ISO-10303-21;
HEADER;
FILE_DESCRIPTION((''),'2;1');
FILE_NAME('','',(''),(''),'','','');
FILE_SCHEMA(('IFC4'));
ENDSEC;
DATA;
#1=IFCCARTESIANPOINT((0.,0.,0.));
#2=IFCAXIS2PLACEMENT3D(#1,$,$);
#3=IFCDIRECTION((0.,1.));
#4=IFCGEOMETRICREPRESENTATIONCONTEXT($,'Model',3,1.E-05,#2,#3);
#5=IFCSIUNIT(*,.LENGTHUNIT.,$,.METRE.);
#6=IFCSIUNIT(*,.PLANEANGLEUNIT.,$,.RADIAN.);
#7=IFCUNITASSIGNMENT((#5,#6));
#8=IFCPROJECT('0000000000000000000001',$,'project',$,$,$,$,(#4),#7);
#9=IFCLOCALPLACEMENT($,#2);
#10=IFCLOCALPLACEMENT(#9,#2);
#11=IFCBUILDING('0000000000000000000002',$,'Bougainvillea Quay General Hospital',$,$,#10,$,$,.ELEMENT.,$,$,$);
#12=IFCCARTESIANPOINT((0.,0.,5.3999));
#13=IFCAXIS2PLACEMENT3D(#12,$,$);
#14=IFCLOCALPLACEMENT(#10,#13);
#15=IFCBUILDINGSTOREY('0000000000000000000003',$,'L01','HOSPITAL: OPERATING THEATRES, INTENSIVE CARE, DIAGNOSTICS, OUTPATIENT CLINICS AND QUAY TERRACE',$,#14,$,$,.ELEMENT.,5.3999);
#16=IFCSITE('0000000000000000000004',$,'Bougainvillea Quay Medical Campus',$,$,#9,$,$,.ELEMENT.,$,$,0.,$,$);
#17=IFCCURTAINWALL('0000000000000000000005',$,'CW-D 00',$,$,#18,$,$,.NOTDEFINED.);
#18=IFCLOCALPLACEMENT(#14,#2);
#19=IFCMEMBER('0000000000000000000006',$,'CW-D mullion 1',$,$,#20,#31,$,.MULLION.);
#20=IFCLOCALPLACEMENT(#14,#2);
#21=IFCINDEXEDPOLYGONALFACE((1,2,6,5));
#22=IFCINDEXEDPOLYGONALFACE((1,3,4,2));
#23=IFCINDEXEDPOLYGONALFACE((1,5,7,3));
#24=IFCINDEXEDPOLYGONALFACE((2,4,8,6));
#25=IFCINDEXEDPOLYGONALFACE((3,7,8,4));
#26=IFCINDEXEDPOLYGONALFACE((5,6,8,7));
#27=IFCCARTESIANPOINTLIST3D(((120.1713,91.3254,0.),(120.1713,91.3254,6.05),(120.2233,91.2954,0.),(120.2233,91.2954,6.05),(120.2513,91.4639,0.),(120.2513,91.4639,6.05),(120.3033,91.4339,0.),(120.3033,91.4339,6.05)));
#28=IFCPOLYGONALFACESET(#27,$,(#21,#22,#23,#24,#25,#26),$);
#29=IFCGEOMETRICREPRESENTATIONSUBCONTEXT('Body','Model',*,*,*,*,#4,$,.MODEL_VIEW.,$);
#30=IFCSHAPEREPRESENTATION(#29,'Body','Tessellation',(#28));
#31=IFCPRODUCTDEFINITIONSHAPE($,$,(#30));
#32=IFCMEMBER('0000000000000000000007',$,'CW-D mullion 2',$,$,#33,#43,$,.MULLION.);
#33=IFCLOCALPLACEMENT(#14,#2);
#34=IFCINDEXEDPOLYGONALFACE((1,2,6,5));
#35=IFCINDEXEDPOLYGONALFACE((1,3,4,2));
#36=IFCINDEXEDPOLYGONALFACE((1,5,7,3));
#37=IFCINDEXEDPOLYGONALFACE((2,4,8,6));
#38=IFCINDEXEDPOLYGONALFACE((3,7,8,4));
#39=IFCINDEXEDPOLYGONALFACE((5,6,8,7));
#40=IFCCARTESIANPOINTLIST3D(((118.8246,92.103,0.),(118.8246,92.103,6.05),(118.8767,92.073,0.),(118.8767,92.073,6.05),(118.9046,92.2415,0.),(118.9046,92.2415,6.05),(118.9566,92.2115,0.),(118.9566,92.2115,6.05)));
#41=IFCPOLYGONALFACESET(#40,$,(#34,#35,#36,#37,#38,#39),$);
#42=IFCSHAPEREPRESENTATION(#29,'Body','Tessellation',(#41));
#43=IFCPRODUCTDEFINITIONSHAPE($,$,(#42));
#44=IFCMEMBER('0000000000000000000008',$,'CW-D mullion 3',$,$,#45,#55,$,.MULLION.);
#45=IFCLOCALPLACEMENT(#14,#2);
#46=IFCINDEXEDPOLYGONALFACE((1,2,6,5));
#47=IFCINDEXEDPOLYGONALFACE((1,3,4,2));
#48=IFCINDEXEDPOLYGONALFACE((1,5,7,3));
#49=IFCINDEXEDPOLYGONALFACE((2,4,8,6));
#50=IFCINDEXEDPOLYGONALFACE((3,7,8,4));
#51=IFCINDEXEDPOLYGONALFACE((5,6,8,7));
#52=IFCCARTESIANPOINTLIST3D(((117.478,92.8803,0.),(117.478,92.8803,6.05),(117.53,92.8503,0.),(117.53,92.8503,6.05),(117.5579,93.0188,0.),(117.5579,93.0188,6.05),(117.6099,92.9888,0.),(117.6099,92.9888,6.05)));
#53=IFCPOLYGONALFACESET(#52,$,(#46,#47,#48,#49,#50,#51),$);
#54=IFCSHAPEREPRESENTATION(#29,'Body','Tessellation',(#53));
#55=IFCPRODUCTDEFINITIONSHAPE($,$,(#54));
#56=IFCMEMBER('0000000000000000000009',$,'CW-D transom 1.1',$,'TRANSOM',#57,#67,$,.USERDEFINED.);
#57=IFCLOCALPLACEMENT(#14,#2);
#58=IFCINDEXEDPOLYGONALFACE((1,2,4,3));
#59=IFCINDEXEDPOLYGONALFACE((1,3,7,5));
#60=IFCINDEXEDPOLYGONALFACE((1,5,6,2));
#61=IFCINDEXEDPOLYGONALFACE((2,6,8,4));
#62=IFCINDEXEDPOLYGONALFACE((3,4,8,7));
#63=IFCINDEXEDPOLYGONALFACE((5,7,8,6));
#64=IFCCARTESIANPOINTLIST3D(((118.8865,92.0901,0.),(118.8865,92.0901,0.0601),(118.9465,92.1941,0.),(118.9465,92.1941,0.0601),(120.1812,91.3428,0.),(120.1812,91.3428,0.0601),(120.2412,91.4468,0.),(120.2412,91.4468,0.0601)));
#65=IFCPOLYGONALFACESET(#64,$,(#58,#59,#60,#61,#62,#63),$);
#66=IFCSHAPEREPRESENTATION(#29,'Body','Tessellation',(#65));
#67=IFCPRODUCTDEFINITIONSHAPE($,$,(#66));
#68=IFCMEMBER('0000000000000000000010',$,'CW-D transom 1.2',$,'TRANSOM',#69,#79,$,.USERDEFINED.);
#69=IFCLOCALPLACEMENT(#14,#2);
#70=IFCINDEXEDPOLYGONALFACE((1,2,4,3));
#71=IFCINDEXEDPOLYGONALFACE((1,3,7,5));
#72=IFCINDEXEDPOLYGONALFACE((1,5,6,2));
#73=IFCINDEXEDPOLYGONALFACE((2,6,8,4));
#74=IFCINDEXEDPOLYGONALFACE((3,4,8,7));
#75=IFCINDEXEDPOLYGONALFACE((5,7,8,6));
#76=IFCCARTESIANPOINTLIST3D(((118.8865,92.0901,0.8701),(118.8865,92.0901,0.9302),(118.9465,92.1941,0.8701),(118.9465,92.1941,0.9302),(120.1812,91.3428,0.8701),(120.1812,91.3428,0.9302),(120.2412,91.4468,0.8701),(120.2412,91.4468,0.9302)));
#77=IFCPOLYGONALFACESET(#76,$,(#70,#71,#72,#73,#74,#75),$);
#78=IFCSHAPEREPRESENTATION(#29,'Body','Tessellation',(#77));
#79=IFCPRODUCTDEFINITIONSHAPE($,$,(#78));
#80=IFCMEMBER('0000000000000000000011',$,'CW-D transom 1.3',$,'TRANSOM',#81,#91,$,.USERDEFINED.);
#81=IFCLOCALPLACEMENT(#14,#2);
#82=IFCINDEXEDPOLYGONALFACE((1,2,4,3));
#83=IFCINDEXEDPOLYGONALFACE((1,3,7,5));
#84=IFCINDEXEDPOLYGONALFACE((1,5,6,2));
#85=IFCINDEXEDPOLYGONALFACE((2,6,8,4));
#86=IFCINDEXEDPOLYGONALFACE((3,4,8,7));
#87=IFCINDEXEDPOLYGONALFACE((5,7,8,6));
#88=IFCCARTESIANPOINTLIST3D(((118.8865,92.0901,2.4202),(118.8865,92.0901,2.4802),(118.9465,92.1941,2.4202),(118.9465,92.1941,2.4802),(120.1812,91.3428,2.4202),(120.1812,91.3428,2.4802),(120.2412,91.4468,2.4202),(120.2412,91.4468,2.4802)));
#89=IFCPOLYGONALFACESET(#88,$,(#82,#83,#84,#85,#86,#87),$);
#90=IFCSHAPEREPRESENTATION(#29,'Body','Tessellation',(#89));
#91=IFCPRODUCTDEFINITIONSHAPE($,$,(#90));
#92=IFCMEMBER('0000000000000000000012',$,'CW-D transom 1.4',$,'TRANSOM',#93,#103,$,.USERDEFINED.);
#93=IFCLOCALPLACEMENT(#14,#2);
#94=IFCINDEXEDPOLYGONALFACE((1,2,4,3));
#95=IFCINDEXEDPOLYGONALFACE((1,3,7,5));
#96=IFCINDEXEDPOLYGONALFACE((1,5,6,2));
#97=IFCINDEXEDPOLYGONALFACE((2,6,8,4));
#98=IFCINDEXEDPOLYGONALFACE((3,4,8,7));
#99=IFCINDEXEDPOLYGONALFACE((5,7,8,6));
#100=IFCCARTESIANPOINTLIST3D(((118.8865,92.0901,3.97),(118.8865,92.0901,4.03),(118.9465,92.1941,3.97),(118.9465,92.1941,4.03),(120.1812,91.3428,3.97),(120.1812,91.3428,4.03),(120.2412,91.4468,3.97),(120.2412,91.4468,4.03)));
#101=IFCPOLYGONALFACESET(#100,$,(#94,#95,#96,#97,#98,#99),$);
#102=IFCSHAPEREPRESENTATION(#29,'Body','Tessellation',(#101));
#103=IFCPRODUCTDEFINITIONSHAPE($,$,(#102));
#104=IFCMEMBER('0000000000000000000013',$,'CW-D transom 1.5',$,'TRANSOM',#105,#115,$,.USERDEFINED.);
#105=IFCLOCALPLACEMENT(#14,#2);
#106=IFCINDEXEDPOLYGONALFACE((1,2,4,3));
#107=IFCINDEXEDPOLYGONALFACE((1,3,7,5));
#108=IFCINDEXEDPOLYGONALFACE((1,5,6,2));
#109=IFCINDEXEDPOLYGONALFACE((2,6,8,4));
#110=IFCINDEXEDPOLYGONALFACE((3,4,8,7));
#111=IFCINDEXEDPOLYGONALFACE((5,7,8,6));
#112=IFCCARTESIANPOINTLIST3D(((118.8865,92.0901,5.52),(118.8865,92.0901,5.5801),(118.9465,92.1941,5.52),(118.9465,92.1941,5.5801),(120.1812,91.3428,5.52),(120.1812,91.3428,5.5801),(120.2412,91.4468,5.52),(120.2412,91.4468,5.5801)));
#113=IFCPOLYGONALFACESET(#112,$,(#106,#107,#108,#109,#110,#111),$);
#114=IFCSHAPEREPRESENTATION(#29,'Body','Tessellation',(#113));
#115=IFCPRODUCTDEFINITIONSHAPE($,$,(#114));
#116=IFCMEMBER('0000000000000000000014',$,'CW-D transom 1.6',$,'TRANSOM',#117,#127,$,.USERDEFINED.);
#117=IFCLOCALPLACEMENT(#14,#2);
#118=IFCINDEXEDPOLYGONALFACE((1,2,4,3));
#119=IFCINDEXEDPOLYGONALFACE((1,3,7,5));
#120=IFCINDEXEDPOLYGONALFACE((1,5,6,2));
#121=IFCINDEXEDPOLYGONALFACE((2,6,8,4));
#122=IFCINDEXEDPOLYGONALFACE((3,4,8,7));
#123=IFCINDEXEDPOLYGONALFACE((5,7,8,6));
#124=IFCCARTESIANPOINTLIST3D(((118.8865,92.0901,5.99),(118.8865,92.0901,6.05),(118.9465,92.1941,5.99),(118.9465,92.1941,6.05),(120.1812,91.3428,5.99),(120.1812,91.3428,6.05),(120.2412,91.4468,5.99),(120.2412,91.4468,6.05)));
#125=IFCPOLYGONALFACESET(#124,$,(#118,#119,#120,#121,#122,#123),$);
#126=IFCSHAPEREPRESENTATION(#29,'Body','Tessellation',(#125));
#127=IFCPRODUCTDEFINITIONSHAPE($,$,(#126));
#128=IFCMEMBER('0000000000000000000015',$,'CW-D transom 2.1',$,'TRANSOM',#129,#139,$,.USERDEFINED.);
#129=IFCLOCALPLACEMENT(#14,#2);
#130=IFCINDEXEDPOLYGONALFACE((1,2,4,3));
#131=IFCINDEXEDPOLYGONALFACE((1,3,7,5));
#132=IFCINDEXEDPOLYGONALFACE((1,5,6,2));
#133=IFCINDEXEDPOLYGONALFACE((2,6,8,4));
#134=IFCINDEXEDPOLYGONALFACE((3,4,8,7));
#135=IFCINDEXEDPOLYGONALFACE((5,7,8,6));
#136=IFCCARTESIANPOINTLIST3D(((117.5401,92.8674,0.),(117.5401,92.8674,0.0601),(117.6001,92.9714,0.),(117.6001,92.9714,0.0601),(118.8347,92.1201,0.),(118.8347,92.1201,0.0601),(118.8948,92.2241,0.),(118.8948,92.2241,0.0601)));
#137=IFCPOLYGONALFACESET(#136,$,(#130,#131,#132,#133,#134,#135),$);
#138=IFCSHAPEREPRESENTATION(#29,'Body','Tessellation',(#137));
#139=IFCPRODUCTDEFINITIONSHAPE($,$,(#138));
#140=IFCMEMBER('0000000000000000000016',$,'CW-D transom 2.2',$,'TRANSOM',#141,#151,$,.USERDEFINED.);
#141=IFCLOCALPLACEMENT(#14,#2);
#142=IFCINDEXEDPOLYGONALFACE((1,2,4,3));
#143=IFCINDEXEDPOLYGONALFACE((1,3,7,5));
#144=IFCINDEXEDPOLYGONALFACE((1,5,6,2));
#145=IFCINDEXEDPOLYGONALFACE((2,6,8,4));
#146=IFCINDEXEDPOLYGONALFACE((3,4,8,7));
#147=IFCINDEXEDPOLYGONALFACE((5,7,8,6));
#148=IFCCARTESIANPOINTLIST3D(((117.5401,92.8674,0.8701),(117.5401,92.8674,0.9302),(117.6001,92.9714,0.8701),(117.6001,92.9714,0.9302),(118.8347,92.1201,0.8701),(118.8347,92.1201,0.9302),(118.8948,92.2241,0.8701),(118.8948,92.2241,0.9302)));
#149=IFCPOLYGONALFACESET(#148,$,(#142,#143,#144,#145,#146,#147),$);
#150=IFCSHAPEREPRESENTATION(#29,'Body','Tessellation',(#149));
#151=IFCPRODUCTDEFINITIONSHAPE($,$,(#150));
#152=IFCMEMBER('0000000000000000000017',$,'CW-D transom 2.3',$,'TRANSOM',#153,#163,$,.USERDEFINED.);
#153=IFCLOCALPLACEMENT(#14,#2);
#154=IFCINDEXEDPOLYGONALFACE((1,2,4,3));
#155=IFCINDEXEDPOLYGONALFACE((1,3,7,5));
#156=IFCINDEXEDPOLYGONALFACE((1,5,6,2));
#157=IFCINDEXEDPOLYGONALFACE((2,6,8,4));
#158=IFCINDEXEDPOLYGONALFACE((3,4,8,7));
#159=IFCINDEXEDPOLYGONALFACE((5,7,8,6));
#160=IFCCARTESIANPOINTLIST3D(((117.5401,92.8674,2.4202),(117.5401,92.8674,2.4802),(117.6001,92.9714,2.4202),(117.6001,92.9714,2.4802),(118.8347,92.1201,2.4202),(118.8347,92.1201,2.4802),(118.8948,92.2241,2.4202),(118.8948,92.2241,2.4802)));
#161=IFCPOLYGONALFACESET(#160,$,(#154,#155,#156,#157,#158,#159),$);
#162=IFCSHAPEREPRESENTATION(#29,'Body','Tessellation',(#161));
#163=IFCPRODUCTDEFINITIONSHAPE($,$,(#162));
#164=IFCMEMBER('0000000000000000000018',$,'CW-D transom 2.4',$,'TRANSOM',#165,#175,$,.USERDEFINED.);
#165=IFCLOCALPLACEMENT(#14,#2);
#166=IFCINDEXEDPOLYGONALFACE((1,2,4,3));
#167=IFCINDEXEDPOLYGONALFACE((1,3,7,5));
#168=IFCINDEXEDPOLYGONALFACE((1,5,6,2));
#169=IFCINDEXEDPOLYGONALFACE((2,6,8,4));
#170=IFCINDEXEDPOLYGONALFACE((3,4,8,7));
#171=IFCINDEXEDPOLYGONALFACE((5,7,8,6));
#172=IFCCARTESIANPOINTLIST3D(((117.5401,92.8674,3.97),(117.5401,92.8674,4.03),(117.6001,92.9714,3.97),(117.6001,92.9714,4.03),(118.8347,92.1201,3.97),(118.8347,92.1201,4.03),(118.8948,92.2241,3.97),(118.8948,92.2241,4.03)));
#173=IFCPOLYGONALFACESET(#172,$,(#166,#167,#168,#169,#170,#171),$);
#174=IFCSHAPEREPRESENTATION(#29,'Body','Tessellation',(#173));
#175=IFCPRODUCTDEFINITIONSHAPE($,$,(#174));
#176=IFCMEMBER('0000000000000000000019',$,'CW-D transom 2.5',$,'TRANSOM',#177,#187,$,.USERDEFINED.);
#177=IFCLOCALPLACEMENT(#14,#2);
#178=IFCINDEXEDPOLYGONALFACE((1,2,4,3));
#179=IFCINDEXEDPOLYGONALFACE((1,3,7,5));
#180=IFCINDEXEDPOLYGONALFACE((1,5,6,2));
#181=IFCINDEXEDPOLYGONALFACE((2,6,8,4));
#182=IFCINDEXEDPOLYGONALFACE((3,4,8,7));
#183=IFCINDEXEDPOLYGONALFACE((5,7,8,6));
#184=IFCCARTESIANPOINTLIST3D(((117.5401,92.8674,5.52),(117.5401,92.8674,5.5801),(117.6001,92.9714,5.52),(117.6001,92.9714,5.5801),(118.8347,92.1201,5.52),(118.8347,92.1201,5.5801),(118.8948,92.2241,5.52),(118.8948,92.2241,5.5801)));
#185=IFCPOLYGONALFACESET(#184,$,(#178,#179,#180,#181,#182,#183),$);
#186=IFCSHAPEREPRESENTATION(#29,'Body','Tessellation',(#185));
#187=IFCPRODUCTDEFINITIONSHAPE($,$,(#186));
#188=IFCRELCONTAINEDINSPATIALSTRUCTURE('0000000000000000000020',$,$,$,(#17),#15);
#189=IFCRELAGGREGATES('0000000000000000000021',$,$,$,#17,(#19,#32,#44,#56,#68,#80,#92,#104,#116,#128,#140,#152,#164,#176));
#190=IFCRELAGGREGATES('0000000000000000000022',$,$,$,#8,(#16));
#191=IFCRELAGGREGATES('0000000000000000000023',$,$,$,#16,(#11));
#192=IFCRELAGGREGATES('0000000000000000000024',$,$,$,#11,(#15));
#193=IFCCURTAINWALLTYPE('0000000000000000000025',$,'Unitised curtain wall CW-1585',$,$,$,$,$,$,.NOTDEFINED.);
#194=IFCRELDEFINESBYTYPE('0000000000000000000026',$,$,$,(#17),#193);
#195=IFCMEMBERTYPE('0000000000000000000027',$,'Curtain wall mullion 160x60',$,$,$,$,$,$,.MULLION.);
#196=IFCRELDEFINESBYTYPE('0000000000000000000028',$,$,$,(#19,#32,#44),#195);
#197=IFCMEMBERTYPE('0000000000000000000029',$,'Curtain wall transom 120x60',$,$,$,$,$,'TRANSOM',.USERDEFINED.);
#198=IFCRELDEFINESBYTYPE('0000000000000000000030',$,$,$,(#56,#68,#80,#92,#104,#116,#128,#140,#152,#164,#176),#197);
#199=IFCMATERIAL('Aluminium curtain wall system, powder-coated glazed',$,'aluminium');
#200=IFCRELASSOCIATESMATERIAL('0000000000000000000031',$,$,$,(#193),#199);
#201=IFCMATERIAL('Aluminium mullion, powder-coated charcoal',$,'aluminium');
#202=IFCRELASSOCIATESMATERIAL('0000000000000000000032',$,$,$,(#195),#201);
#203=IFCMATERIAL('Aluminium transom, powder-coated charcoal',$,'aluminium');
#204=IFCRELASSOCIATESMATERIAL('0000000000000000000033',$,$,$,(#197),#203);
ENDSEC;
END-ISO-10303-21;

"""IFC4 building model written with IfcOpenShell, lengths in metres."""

from ifc_helpers import new_model, si_unit, direction, frame, origin, origin_2d, place, context, subcontext, project, spatial, rectangle, extrude, material, material_profile, profile_set, type_object, element, aggregate, save


model = new_model("IFC4")

# Units and contexts
model_context = context("Model", 3, precision=1e-05, world=origin(), true_north=direction((0.0, 1.0)))
body_context = subcontext(model_context, "Body", "Model", "MODEL_VIEW")
ifc_project = project(units=[si_unit("LENGTHUNIT", "METRE"), si_unit("PLANEANGLEUNIT", "RADIAN")], contexts=[model_context])

# Site, building, storey
site_placement = place(None, origin())
site = spatial("IfcSite", under=ifc_project, at=site_placement, Name="Bougainvillea Quay Medical Campus", CompositionType="ELEMENT", RefElevation=0.0)
building_placement = place(site_placement, origin())
building = spatial("IfcBuilding", under=site, at=building_placement, Name="Bougainvillea Quay General Hospital", CompositionType="ELEMENT")
storey_placement = place(building_placement, frame((0.0, 0.0, 5.3999)))
storey = spatial("IfcBuildingStorey", under=building, at=storey_placement, Name="L01", Description="HOSPITAL: OPERATING THEATRES, INTENSIVE CARE, DIAGNOSTICS, OUTPATIENT CLINICS AND QUAY TERRACE", CompositionType="ELEMENT", Elevation=5.3999)

# Curtain wall, members
ifc_material_1 = material(Name="Aluminium curtain wall system, powder-coated glazed", Category="aluminium")
curtain_wall_type = type_object("IfcCurtainWallType", Name="Unitised curtain wall CW-1585", PredefinedType="NOTDEFINED", material=ifc_material_1)
curtain_wall_placement = place(storey_placement, origin())
curtain_wall = element("IfcCurtainWall", 1, at=curtain_wall_placement, inside=storey, type_object=curtain_wall_type, Name="CW-D 00", PredefinedType="NOTDEFINED")
ifc_material_2 = material(Name="Aluminium mullion, powder-coated charcoal", Category="aluminium")
ifc_material_profile_1 = material_profile(ifc_material_2, rectangle(XDim=0.1599, YDim=0.0601, at=origin_2d()))
ifc_profile_set_1 = profile_set([ifc_material_profile_1], Name="Aluminium mullion, powder-coated charcoal")
member_type_1 = type_object("IfcMemberType", Name="Curtain wall mullion 160x60", PredefinedType="MULLION", material=ifc_profile_set_1)
member_1_placement = place(storey_placement, frame((120.2373, 91.3796, 0.0), z_axis=(0.0, 0.0, 1.0), x_axis=(-0.499965, -0.866046, 0.0)))
member_1 = element("IfcMember", 2, at=member_1_placement, type_object=member_type_1, Name="CW-D mullion 1", PredefinedType="MULLION", context=body_context, shape_type="SweptSolid", body=[
    extrude(rectangle(XDim=0.1599, YDim=0.0601, at=origin_2d()), origin(), (0.0, 0.0, 1.0), 6.05),
])
member_2_placement = place(storey_placement, frame((118.8906, 92.1572, 0.0), z_axis=(0.0, 0.0, 1.0), x_axis=(-0.499965, -0.866046, 0.0)))
member_2 = element("IfcMember", 3, at=member_2_placement, type_object=member_type_1, Name="CW-D mullion 2", PredefinedType="MULLION", context=body_context, shape_type="SweptSolid", body=[
    extrude(rectangle(XDim=0.1599, YDim=0.0601, at=origin_2d()), origin(), (0.0, 0.0, 1.0), 6.05),
])
member_3_placement = place(storey_placement, frame((117.5439, 92.9346, 0.0), z_axis=(0.0, 0.0, 1.0), x_axis=(-0.499965, -0.866046, 0.0)))
member_3 = element("IfcMember", 4, at=member_3_placement, type_object=member_type_1, Name="CW-D mullion 3", PredefinedType="MULLION", context=body_context, shape_type="SweptSolid", body=[
    extrude(rectangle(XDim=0.1599, YDim=0.0601, at=origin_2d()), origin(), (0.0, 0.0, 1.0), 6.05),
])
ifc_material_3 = material(Name="Aluminium transom, powder-coated charcoal", Category="aluminium")
ifc_material_profile_2 = material_profile(ifc_material_3, rectangle(XDim=0.1201, YDim=0.0601, at=origin_2d()))
ifc_profile_set_2 = profile_set([ifc_material_profile_2], Name="Aluminium transom, powder-coated charcoal")
member_type_2 = type_object("IfcMemberType", Name="Curtain wall transom 120x60", ElementType="TRANSOM", PredefinedType="USERDEFINED", material=ifc_profile_set_2)
member_4_placement = place(storey_placement, frame((120.2112, 91.3948, 0.03), z_axis=(-0.866074, 0.499916, 0.0), x_axis=(-0.499916, -0.866074, 0.0)))
member_4 = element("IfcMember", 5, at=member_4_placement, type_object=member_type_2, Name="CW-D transom 1.1", ObjectType="TRANSOM", PredefinedType="USERDEFINED", context=body_context, shape_type="SweptSolid", body=[
    extrude(rectangle(XDim=0.1201, YDim=0.0601, at=origin_2d()), origin(), (0.0, 0.0, 1.0), 1.4949),
])
member_5_placement = place(storey_placement, frame((120.2112, 91.3948, 0.9001), z_axis=(-0.866074, 0.499916, 0.0), x_axis=(-0.499916, -0.866074, 0.0)))
member_5 = element("IfcMember", 6, at=member_5_placement, type_object=member_type_2, Name="CW-D transom 1.2", ObjectType="TRANSOM", PredefinedType="USERDEFINED", context=body_context, shape_type="SweptSolid", body=[
    extrude(rectangle(XDim=0.1201, YDim=0.0601, at=origin_2d()), origin(), (0.0, 0.0, 1.0), 1.4949),
])
member_6_placement = place(storey_placement, frame((120.2112, 91.3948, 2.4502), z_axis=(-0.866074, 0.499916, 0.0), x_axis=(-0.499916, -0.866074, 0.0)))
member_6 = element("IfcMember", 7, at=member_6_placement, type_object=member_type_2, Name="CW-D transom 1.3", ObjectType="TRANSOM", PredefinedType="USERDEFINED", context=body_context, shape_type="SweptSolid", body=[
    extrude(rectangle(XDim=0.1201, YDim=0.0601, at=origin_2d()), origin(), (0.0, 0.0, 1.0), 1.4949),
])
member_7_placement = place(storey_placement, frame((120.2112, 91.3948, 4.0), z_axis=(-0.866074, 0.499916, 0.0), x_axis=(-0.499916, -0.866074, 0.0)))
member_7 = element("IfcMember", 8, at=member_7_placement, type_object=member_type_2, Name="CW-D transom 1.4", ObjectType="TRANSOM", PredefinedType="USERDEFINED", context=body_context, shape_type="SweptSolid", body=[
    extrude(rectangle(XDim=0.1201, YDim=0.0601, at=origin_2d()), origin(), (0.0, 0.0, 1.0), 1.4949),
])
member_8_placement = place(storey_placement, frame((120.2112, 91.3948, 5.55), z_axis=(-0.866074, 0.499916, 0.0), x_axis=(-0.499916, -0.866074, 0.0)))
member_8 = element("IfcMember", 9, at=member_8_placement, type_object=member_type_2, Name="CW-D transom 1.5", ObjectType="TRANSOM", PredefinedType="USERDEFINED", context=body_context, shape_type="SweptSolid", body=[
    extrude(rectangle(XDim=0.1201, YDim=0.0601, at=origin_2d()), origin(), (0.0, 0.0, 1.0), 1.4949),
])
member_9_placement = place(storey_placement, frame((120.2112, 91.3948, 6.02), z_axis=(-0.866074, 0.499916, 0.0), x_axis=(-0.499916, -0.866074, 0.0)))
member_9 = element("IfcMember", 10, at=member_9_placement, type_object=member_type_2, Name="CW-D transom 1.6", ObjectType="TRANSOM", PredefinedType="USERDEFINED", context=body_context, shape_type="SweptSolid", body=[
    extrude(rectangle(XDim=0.1201, YDim=0.0601, at=origin_2d()), origin(), (0.0, 0.0, 1.0), 1.4949),
])
member_10_placement = place(storey_placement, frame((118.8647, 92.1721, 0.03), z_axis=(-0.866074, 0.499916, 0.0), x_axis=(-0.499916, -0.866074, 0.0)))
member_10 = element("IfcMember", 11, at=member_10_placement, type_object=member_type_2, Name="CW-D transom 2.1", ObjectType="TRANSOM", PredefinedType="USERDEFINED", context=body_context, shape_type="SweptSolid", body=[
    extrude(rectangle(XDim=0.1201, YDim=0.0601, at=origin_2d()), origin(), (0.0, 0.0, 1.0), 1.4949),
])
member_11_placement = place(storey_placement, frame((118.8647, 92.1721, 0.9001), z_axis=(-0.866074, 0.499916, 0.0), x_axis=(-0.499916, -0.866074, 0.0)))
member_11 = element("IfcMember", 12, at=member_11_placement, type_object=member_type_2, Name="CW-D transom 2.2", ObjectType="TRANSOM", PredefinedType="USERDEFINED", context=body_context, shape_type="SweptSolid", body=[
    extrude(rectangle(XDim=0.1201, YDim=0.0601, at=origin_2d()), origin(), (0.0, 0.0, 1.0), 1.4949),
])
member_12_placement = place(storey_placement, frame((118.8647, 92.1721, 2.4502), z_axis=(-0.866074, 0.499916, 0.0), x_axis=(-0.499916, -0.866074, 0.0)))
member_12 = element("IfcMember", 13, at=member_12_placement, type_object=member_type_2, Name="CW-D transom 2.3", ObjectType="TRANSOM", PredefinedType="USERDEFINED", context=body_context, shape_type="SweptSolid", body=[
    extrude(rectangle(XDim=0.1201, YDim=0.0601, at=origin_2d()), origin(), (0.0, 0.0, 1.0), 1.4949),
])
member_13_placement = place(storey_placement, frame((118.8647, 92.1721, 4.0), z_axis=(-0.866074, 0.499916, 0.0), x_axis=(-0.499916, -0.866074, 0.0)))
member_13 = element("IfcMember", 14, at=member_13_placement, type_object=member_type_2, Name="CW-D transom 2.4", ObjectType="TRANSOM", PredefinedType="USERDEFINED", context=body_context, shape_type="SweptSolid", body=[
    extrude(rectangle(XDim=0.1201, YDim=0.0601, at=origin_2d()), origin(), (0.0, 0.0, 1.0), 1.4949),
])
member_14_placement = place(storey_placement, frame((118.8647, 92.1721, 5.55), z_axis=(-0.866074, 0.499916, 0.0), x_axis=(-0.499916, -0.866074, 0.0)))
member_14 = element("IfcMember", 15, at=member_14_placement, type_object=member_type_2, Name="CW-D transom 2.5", ObjectType="TRANSOM", PredefinedType="USERDEFINED", context=body_context, shape_type="SweptSolid", body=[
    extrude(rectangle(XDim=0.1201, YDim=0.0601, at=origin_2d()), origin(), (0.0, 0.0, 1.0), 1.4949),
])

aggregate(curtain_wall, [member_1, member_2, member_3, member_4, member_5, member_6, member_7, member_8, member_9, member_10, member_11, member_12, member_13, member_14])

save(model, "model.ifc")
